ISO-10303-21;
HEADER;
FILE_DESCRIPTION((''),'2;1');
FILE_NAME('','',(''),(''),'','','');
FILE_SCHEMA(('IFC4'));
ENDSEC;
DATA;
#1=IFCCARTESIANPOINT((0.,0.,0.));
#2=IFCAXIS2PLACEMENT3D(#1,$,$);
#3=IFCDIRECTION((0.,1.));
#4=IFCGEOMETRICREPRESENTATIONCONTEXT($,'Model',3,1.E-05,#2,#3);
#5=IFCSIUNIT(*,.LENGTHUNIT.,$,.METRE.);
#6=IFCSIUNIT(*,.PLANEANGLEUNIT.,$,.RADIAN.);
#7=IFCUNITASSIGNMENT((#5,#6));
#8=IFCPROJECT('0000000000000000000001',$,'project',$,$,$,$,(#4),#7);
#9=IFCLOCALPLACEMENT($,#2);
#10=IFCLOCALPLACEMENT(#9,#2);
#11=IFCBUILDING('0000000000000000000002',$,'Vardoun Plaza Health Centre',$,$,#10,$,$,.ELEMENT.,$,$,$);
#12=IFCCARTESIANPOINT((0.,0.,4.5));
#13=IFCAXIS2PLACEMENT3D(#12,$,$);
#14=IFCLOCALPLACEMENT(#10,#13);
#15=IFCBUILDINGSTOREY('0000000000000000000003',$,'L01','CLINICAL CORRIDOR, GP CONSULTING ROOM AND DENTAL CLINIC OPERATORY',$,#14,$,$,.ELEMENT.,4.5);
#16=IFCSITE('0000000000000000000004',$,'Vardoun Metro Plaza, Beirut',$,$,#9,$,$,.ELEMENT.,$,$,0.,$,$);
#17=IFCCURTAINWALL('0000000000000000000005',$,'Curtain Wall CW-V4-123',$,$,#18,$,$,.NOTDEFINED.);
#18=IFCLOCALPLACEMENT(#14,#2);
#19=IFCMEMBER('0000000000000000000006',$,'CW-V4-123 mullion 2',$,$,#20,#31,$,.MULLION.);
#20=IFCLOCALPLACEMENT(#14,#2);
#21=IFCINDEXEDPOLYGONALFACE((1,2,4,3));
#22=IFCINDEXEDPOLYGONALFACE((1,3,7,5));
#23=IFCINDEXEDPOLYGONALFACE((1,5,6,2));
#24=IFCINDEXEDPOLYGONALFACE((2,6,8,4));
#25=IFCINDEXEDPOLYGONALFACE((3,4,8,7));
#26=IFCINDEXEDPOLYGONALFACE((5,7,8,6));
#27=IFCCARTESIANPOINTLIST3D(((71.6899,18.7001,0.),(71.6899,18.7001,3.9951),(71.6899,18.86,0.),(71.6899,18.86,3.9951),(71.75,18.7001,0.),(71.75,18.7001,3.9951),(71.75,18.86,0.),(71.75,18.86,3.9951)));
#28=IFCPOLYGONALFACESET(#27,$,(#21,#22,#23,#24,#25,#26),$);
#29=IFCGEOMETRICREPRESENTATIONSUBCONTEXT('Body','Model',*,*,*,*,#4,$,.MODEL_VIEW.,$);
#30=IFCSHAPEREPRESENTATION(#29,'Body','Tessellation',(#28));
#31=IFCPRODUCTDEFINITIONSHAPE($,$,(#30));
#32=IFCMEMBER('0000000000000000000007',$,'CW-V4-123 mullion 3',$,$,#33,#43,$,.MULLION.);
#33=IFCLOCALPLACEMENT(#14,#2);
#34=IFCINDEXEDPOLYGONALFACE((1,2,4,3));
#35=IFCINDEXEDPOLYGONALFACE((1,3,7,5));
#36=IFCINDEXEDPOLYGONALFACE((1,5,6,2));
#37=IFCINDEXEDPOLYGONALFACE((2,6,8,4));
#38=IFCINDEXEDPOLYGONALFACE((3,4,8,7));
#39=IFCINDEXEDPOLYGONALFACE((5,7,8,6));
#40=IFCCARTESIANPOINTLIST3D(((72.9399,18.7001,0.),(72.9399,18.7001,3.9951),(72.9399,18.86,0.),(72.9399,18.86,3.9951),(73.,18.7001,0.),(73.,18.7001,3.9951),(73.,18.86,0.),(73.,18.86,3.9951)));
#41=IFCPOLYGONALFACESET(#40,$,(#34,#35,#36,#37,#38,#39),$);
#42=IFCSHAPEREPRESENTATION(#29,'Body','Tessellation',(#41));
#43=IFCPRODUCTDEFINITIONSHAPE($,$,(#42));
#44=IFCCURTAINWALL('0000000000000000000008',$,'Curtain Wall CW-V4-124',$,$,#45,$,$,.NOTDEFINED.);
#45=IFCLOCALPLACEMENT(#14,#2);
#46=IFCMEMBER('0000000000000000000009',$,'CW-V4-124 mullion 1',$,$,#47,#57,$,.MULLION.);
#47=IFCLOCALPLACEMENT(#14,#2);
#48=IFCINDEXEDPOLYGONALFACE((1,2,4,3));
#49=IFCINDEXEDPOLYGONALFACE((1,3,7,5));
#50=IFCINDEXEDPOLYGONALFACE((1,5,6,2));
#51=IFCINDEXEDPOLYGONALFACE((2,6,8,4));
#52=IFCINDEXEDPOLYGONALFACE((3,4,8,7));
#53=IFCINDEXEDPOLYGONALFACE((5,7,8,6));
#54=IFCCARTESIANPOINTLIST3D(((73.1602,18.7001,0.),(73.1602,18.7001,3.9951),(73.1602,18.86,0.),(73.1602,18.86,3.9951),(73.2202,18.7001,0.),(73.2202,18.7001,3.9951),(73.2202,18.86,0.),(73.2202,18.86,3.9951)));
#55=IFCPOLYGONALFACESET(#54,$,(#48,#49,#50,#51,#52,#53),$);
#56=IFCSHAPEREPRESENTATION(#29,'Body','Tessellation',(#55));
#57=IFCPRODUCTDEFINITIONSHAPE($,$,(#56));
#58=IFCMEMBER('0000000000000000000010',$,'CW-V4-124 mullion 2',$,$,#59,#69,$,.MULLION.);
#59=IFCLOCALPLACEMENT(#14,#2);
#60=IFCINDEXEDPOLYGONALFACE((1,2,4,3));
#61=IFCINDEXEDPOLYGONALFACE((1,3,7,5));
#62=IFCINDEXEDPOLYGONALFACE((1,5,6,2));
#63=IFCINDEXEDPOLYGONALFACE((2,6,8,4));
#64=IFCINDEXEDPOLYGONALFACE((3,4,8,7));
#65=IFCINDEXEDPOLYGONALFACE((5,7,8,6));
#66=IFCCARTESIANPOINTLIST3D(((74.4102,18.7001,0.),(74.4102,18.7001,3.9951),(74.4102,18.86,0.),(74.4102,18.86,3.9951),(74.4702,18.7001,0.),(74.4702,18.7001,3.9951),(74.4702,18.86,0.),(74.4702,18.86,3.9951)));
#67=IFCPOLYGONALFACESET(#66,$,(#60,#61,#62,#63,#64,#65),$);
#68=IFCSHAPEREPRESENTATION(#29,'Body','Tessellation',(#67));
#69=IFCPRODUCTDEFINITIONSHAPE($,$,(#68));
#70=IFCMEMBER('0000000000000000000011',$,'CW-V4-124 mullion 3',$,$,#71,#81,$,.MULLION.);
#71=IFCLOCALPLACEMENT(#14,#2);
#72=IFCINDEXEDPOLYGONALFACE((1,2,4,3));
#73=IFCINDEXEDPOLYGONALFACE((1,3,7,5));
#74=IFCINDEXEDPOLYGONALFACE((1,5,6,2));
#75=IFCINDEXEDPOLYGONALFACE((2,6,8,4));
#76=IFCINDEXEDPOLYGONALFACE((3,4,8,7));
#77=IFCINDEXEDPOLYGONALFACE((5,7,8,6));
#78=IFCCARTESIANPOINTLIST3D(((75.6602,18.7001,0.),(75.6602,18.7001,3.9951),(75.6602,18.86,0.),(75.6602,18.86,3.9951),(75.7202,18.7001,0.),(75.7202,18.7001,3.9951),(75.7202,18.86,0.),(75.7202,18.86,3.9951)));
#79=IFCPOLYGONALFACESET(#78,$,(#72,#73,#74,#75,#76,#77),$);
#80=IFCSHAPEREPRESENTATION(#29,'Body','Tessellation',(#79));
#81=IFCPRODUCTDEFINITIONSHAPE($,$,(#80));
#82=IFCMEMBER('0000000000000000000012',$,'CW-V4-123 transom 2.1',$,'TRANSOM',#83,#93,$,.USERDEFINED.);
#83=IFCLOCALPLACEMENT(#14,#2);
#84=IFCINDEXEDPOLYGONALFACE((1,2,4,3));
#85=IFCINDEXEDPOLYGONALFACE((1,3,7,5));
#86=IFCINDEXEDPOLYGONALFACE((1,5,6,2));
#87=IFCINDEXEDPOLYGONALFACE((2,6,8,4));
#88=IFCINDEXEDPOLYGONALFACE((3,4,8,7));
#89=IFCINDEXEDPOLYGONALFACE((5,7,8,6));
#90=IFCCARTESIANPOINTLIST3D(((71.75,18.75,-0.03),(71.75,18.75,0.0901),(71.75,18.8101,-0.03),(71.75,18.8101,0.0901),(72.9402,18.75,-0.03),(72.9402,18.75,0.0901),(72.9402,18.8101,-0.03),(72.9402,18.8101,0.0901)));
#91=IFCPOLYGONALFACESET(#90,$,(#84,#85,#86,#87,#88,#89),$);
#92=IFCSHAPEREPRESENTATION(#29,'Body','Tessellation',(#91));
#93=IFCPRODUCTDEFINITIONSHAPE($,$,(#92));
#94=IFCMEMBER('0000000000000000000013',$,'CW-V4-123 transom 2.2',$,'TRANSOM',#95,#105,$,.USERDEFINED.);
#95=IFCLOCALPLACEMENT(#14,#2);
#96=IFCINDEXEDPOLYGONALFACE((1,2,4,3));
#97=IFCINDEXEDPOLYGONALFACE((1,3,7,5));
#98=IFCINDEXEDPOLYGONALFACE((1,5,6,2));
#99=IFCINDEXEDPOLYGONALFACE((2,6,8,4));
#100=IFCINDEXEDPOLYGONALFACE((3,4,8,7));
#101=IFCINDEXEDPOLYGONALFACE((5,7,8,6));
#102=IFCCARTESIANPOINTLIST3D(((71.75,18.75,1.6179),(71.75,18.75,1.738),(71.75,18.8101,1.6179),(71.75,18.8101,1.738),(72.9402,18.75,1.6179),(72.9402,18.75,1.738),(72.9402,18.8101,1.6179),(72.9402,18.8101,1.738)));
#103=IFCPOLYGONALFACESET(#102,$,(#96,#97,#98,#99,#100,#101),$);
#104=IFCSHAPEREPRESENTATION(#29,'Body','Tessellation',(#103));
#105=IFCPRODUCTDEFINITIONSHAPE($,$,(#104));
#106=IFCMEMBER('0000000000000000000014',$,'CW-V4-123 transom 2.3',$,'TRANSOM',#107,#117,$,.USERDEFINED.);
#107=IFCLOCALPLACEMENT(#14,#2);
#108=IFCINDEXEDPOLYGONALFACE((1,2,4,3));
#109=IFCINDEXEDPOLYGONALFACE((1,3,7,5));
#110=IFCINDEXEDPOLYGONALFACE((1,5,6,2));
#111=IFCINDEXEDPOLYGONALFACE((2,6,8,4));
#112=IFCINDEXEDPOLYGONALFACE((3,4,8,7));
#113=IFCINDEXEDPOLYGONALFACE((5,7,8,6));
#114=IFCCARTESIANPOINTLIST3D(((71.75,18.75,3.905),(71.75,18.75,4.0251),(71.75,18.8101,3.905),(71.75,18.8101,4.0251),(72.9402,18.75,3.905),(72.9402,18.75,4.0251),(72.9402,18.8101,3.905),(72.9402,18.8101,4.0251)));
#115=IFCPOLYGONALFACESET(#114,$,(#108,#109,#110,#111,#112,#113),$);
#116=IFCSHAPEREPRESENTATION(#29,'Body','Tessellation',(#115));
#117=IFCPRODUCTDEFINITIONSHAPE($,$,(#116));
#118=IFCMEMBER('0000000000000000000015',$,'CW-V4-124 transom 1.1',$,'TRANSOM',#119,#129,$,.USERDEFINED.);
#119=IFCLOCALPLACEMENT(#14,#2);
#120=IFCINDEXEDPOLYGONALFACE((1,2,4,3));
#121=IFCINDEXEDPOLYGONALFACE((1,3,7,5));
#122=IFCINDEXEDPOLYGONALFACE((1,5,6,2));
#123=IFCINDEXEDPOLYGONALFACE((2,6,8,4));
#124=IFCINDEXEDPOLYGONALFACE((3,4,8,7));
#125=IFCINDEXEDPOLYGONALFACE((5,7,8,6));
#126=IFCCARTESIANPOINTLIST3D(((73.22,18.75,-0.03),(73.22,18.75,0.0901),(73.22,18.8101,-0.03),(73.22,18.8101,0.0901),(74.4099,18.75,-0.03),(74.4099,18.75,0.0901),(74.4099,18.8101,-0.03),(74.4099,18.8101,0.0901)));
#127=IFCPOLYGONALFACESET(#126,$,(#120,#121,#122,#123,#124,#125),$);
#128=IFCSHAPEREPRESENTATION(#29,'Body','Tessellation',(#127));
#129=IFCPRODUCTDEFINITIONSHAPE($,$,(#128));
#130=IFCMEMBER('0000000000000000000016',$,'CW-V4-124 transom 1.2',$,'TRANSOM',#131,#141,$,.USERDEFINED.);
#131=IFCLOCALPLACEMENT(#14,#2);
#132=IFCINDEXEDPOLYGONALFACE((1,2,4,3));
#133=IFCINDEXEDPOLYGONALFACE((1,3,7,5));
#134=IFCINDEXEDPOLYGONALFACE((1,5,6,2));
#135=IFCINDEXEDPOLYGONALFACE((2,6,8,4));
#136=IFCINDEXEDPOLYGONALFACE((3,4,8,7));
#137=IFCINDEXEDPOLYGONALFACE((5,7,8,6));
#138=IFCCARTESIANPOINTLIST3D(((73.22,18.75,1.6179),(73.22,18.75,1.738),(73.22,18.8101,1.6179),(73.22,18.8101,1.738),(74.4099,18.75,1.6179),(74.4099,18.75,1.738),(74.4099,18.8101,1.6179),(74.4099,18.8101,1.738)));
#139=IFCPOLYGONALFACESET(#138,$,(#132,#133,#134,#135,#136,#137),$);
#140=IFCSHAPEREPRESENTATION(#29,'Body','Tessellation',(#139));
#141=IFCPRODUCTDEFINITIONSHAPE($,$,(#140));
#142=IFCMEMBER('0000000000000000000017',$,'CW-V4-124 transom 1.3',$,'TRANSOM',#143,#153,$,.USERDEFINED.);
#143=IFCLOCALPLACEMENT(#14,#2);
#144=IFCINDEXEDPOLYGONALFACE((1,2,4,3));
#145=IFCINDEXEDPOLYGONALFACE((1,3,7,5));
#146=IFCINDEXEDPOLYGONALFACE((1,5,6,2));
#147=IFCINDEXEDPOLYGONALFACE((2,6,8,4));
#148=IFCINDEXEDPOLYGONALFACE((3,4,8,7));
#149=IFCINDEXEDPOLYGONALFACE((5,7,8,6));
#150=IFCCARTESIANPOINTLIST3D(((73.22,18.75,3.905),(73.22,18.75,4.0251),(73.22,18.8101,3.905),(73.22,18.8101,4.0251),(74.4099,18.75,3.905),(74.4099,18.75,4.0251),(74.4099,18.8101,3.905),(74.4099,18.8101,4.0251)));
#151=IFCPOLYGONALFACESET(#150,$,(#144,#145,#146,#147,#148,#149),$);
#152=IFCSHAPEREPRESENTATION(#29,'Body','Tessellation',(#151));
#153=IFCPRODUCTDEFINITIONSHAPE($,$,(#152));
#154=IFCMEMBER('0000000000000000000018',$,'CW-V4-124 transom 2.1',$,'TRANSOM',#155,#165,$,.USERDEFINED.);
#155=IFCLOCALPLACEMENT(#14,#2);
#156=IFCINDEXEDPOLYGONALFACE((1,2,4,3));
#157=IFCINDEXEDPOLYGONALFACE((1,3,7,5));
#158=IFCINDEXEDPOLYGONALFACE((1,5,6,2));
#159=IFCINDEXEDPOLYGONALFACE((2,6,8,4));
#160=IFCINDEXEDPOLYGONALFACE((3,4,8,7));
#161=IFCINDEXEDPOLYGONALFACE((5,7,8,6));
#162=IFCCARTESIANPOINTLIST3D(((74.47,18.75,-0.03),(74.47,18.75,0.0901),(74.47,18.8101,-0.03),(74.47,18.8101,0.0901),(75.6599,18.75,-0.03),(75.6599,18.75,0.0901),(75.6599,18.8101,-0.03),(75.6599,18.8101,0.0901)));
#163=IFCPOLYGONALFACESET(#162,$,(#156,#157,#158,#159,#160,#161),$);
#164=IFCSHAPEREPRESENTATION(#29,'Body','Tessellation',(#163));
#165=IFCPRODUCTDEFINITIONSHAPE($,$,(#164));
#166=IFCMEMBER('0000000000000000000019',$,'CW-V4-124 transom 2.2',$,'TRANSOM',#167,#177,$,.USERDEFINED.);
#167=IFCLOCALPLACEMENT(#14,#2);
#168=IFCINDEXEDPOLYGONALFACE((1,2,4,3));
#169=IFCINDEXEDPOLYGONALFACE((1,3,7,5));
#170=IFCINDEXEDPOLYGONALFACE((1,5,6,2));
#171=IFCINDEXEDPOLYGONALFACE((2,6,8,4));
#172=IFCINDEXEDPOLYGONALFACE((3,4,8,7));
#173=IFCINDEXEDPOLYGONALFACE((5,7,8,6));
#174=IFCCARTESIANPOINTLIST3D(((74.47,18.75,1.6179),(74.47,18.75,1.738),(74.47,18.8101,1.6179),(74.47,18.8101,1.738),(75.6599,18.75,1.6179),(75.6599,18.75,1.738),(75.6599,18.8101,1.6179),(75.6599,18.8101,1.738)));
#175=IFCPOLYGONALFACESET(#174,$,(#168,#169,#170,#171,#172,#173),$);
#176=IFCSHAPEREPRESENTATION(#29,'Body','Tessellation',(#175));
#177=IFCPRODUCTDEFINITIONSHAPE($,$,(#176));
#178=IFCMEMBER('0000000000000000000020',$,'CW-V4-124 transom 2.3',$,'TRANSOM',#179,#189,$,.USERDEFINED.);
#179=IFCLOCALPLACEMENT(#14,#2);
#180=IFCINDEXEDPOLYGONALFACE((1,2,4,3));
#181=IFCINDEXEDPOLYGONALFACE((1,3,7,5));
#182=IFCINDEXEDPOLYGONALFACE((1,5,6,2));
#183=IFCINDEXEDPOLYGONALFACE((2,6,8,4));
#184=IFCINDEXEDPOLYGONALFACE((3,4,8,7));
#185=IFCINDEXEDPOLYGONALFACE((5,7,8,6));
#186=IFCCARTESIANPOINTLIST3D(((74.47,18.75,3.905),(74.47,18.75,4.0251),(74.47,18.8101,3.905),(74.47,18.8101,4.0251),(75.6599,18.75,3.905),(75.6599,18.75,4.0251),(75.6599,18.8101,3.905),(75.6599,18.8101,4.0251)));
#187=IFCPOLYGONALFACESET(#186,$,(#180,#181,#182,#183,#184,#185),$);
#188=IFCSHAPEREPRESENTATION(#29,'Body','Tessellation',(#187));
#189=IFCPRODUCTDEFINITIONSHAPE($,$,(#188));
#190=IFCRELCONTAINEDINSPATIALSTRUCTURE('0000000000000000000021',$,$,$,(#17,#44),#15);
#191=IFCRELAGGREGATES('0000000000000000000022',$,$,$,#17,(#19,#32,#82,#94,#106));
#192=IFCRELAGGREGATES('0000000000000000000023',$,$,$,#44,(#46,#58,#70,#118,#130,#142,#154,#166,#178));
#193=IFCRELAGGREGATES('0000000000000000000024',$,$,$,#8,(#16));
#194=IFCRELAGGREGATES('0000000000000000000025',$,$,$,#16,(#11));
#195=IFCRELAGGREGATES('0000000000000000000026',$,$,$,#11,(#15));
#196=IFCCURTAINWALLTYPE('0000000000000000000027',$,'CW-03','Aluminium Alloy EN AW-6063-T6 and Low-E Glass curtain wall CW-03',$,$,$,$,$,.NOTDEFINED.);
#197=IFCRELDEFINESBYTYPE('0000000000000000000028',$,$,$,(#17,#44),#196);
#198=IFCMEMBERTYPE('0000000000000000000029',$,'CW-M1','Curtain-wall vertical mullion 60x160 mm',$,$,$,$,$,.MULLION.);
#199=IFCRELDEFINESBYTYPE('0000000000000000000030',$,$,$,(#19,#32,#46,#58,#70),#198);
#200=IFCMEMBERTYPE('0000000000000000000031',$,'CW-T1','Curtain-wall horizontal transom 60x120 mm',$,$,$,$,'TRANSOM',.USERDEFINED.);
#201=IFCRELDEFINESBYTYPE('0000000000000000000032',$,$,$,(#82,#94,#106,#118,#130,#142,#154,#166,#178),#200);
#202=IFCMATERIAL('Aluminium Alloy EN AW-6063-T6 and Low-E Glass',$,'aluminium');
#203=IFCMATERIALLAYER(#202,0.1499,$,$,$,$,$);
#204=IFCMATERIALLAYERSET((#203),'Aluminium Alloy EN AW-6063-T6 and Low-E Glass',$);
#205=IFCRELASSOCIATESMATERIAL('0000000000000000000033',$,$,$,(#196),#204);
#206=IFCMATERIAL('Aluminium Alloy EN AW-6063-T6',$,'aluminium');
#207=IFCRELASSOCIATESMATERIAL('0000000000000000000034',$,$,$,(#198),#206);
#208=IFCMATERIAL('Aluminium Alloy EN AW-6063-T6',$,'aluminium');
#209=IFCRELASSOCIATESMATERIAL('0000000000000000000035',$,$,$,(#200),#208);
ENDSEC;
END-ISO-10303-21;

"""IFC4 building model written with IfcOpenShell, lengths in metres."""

from ifc_helpers import new_model, si_unit, direction, frame, origin, origin_2d, place, context, subcontext, project, spatial, rectangle, extrude, material, layer, layer_set, material_profile, profile_set, type_object, element, aggregate, save


model = new_model("IFC4")

# Units and contexts
model_context = context("Model", 3, precision=1e-05, world=origin(), true_north=direction((0.0, 1.0)))
body_context = subcontext(model_context, "Body", "Model", "MODEL_VIEW")
ifc_project = project(units=[si_unit("LENGTHUNIT", "METRE"), si_unit("PLANEANGLEUNIT", "RADIAN")], contexts=[model_context])

# Site, building, storey
site_placement = place(None, origin())
site = spatial("IfcSite", under=ifc_project, at=site_placement, Name="Vardoun Metro Plaza, Beirut", CompositionType="ELEMENT", RefElevation=0.0)
building_placement = place(site_placement, origin())
building = spatial("IfcBuilding", under=site, at=building_placement, Name="Vardoun Plaza Health Centre", CompositionType="ELEMENT")
storey_placement = place(building_placement, frame((0.0, 0.0, 4.5)))
storey = spatial("IfcBuildingStorey", under=building, at=storey_placement, Name="L01", Description="CLINICAL CORRIDOR, GP CONSULTING ROOM AND DENTAL CLINIC OPERATORY", CompositionType="ELEMENT", Elevation=4.5)

# Curtain walls, members
ifc_material_1 = material(Name="Aluminium Alloy EN AW-6063-T6 and Low-E Glass", Category="aluminium")
ifc_layer_1 = layer(ifc_material_1, 0.1499)
ifc_layer_set_1 = layer_set([ifc_layer_1], Name="Aluminium Alloy EN AW-6063-T6 and Low-E Glass")
curtain_wall_type = type_object("IfcCurtainWallType", Name="CW-03", Description="Aluminium Alloy EN AW-6063-T6 and Low-E Glass curtain wall CW-03", PredefinedType="NOTDEFINED", material=ifc_layer_set_1)
curtain_wall_1_placement = place(storey_placement, origin())
curtain_wall_1 = element("IfcCurtainWall", 1, at=curtain_wall_1_placement, inside=storey, type_object=curtain_wall_type, Name="Curtain Wall CW-V4-123", PredefinedType="NOTDEFINED")
ifc_material_2 = material(Name="Aluminium Alloy EN AW-6063-T6", Category="aluminium")
ifc_material_profile_1 = material_profile(ifc_material_2, rectangle(XDim=0.1599, YDim=0.0601, at=origin_2d()), Name="CWM 60x160")
ifc_profile_set_1 = profile_set([ifc_material_profile_1], Name="Aluminium Alloy EN AW-6063-T6")
member_type_1 = type_object("IfcMemberType", Name="CW-M1", Description="Curtain-wall vertical mullion 60x160 mm", PredefinedType="MULLION", material=ifc_profile_set_1)
member_1_placement = place(storey_placement, frame((71.72, 18.78, 0.0), z_axis=(0.0, 0.0, 1.0), x_axis=(0.0, 1.0, 0.0)))
member_1 = element("IfcMember", 2, at=member_1_placement, type_object=member_type_1, Name="CW-V4-123 mullion 2", PredefinedType="MULLION", context=body_context, shape_type="SweptSolid", body=[
    extrude(rectangle(XDim=0.1599, YDim=0.0601, at=origin_2d()), origin(), (0.0, 0.0, 1.0), 3.9951),
])
member_2_placement = place(storey_placement, frame((72.97, 18.78, 0.0), z_axis=(0.0, 0.0, 1.0), x_axis=(0.0, 1.0, 0.0)))
member_2 = element("IfcMember", 3, at=member_2_placement, type_object=member_type_1, Name="CW-V4-123 mullion 3", PredefinedType="MULLION", context=body_context, shape_type="SweptSolid", body=[
    extrude(rectangle(XDim=0.1599, YDim=0.0601, at=origin_2d()), origin(), (0.0, 0.0, 1.0), 3.9951),
])
curtain_wall_2_placement = place(storey_placement, origin())
curtain_wall_2 = element("IfcCurtainWall", 4, at=curtain_wall_2_placement, inside=storey, type_object=curtain_wall_type, Name="Curtain Wall CW-V4-124", PredefinedType="NOTDEFINED")
member_3_placement = place(storey_placement, frame((73.1902, 18.78, 0.0), z_axis=(0.0, 0.0, 1.0), x_axis=(0.0, 1.0, 0.0)))
member_3 = element("IfcMember", 5, at=member_3_placement, type_object=member_type_1, Name="CW-V4-124 mullion 1", PredefinedType="MULLION", context=body_context, shape_type="SweptSolid", body=[
    extrude(rectangle(XDim=0.1599, YDim=0.0601, at=origin_2d()), origin(), (0.0, 0.0, 1.0), 3.9951),
])
member_4_placement = place(storey_placement, frame((74.4402, 18.78, 0.0), z_axis=(0.0, 0.0, 1.0), x_axis=(0.0, 1.0, 0.0)))
member_4 = element("IfcMember", 6, at=member_4_placement, type_object=member_type_1, Name="CW-V4-124 mullion 2", PredefinedType="MULLION", context=body_context, shape_type="SweptSolid", body=[
    extrude(rectangle(XDim=0.1599, YDim=0.0601, at=origin_2d()), origin(), (0.0, 0.0, 1.0), 3.9951),
])
member_5_placement = place(storey_placement, frame((75.6902, 18.78, 0.0), z_axis=(0.0, 0.0, 1.0), x_axis=(0.0, 1.0, 0.0)))
member_5 = element("IfcMember", 7, at=member_5_placement, type_object=member_type_1, Name="CW-V4-124 mullion 3", PredefinedType="MULLION", context=body_context, shape_type="SweptSolid", body=[
    extrude(rectangle(XDim=0.1599, YDim=0.0601, at=origin_2d()), origin(), (0.0, 0.0, 1.0), 3.9951),
])

# Members
ifc_material_3 = material(Name="Aluminium Alloy EN AW-6063-T6", Category="aluminium")
ifc_material_profile_2 = material_profile(ifc_material_3, rectangle(XDim=0.0601, YDim=0.1201, at=origin_2d()), Name="CWT 60x120")
ifc_profile_set_2 = profile_set([ifc_material_profile_2], Name="Aluminium Alloy EN AW-6063-T6")
member_type_2 = type_object("IfcMemberType", Name="CW-T1", Description="Curtain-wall horizontal transom 60x120 mm", ElementType="TRANSOM", PredefinedType="USERDEFINED", material=ifc_profile_set_2)
member_6_placement = place(storey_placement, frame((71.75, 18.78, 0.03), z_axis=(1.0, 0.0, 0.0), x_axis=(0.0, 1.0, 0.0)))
member_6 = element("IfcMember", 8, at=member_6_placement, type_object=member_type_2, Name="CW-V4-123 transom 2.1", ObjectType="TRANSOM", PredefinedType="USERDEFINED", context=body_context, shape_type="SweptSolid", body=[
    extrude(rectangle(XDim=0.0601, YDim=0.1201, at=origin_2d()), origin(), (0.0, 0.0, 1.0), 1.1902),
])
member_7_placement = place(storey_placement, frame((71.75, 18.78, 1.678), z_axis=(1.0, 0.0, 0.0), x_axis=(0.0, 1.0, 0.0)))
member_7 = element("IfcMember", 9, at=member_7_placement, type_object=member_type_2, Name="CW-V4-123 transom 2.2", ObjectType="TRANSOM", PredefinedType="USERDEFINED", context=body_context, shape_type="SweptSolid", body=[
    extrude(rectangle(XDim=0.0601, YDim=0.1201, at=origin_2d()), origin(), (0.0, 0.0, 1.0), 1.1902),
])
member_8_placement = place(storey_placement, frame((71.75, 18.78, 3.9651), z_axis=(1.0, 0.0, 0.0), x_axis=(0.0, 1.0, 0.0)))
member_8 = element("IfcMember", 10, at=member_8_placement, type_object=member_type_2, Name="CW-V4-123 transom 2.3", ObjectType="TRANSOM", PredefinedType="USERDEFINED", context=body_context, shape_type="SweptSolid", body=[
    extrude(rectangle(XDim=0.0601, YDim=0.1201, at=origin_2d()), origin(), (0.0, 0.0, 1.0), 1.1902),
])
member_9_placement = place(storey_placement, frame((73.22, 18.78, 0.03), z_axis=(1.0, 0.0, 0.0), x_axis=(0.0, 1.0, 0.0)))
member_9 = element("IfcMember", 11, at=member_9_placement, type_object=member_type_2, Name="CW-V4-124 transom 1.1", ObjectType="TRANSOM", PredefinedType="USERDEFINED", context=body_context, shape_type="SweptSolid", body=[
    extrude(rectangle(XDim=0.0601, YDim=0.1201, at=origin_2d()), origin(), (0.0, 0.0, 1.0), 1.1899),
])
member_10_placement = place(storey_placement, frame((73.22, 18.78, 1.678), z_axis=(1.0, 0.0, 0.0), x_axis=(0.0, 1.0, 0.0)))
member_10 = element("IfcMember", 12, at=member_10_placement, type_object=member_type_2, Name="CW-V4-124 transom 1.2", ObjectType="TRANSOM", PredefinedType="USERDEFINED", context=body_context, shape_type="SweptSolid", body=[
    extrude(rectangle(XDim=0.0601, YDim=0.1201, at=origin_2d()), origin(), (0.0, 0.0, 1.0), 1.1899),
])
member_11_placement = place(storey_placement, frame((73.22, 18.78, 3.9651), z_axis=(1.0, 0.0, 0.0), x_axis=(0.0, 1.0, 0.0)))
member_11 = element("IfcMember", 13, at=member_11_placement, type_object=member_type_2, Name="CW-V4-124 transom 1.3", ObjectType="TRANSOM", PredefinedType="USERDEFINED", context=body_context, shape_type="SweptSolid", body=[
    extrude(rectangle(XDim=0.0601, YDim=0.1201, at=origin_2d()), origin(), (0.0, 0.0, 1.0), 1.1899),
])
member_12_placement = place(storey_placement, frame((74.47, 18.78, 0.03), z_axis=(1.0, 0.0, 0.0), x_axis=(0.0, 1.0, 0.0)))
member_12 = element("IfcMember", 14, at=member_12_placement, type_object=member_type_2, Name="CW-V4-124 transom 2.1", ObjectType="TRANSOM", PredefinedType="USERDEFINED", context=body_context, shape_type="SweptSolid", body=[
    extrude(rectangle(XDim=0.0601, YDim=0.1201, at=origin_2d()), origin(), (0.0, 0.0, 1.0), 1.1899),
])
member_13_placement = place(storey_placement, frame((74.47, 18.78, 1.678), z_axis=(1.0, 0.0, 0.0), x_axis=(0.0, 1.0, 0.0)))
member_13 = element("IfcMember", 15, at=member_13_placement, type_object=member_type_2, Name="CW-V4-124 transom 2.2", ObjectType="TRANSOM", PredefinedType="USERDEFINED", context=body_context, shape_type="SweptSolid", body=[
    extrude(rectangle(XDim=0.0601, YDim=0.1201, at=origin_2d()), origin(), (0.0, 0.0, 1.0), 1.1899),
])
member_14_placement = place(storey_placement, frame((74.47, 18.78, 3.9651), z_axis=(1.0, 0.0, 0.0), x_axis=(0.0, 1.0, 0.0)))
member_14 = element("IfcMember", 16, at=member_14_placement, type_object=member_type_2, Name="CW-V4-124 transom 2.3", ObjectType="TRANSOM", PredefinedType="USERDEFINED", context=body_context, shape_type="SweptSolid", body=[
    extrude(rectangle(XDim=0.0601, YDim=0.1201, at=origin_2d()), origin(), (0.0, 0.0, 1.0), 1.1899),
])

aggregate(curtain_wall_1, [member_1, member_2, member_6, member_7, member_8])
aggregate(curtain_wall_2, [member_3, member_4, member_5, member_9, member_10, member_11, member_12, member_13, member_14])

save(model, "model.ifc")
